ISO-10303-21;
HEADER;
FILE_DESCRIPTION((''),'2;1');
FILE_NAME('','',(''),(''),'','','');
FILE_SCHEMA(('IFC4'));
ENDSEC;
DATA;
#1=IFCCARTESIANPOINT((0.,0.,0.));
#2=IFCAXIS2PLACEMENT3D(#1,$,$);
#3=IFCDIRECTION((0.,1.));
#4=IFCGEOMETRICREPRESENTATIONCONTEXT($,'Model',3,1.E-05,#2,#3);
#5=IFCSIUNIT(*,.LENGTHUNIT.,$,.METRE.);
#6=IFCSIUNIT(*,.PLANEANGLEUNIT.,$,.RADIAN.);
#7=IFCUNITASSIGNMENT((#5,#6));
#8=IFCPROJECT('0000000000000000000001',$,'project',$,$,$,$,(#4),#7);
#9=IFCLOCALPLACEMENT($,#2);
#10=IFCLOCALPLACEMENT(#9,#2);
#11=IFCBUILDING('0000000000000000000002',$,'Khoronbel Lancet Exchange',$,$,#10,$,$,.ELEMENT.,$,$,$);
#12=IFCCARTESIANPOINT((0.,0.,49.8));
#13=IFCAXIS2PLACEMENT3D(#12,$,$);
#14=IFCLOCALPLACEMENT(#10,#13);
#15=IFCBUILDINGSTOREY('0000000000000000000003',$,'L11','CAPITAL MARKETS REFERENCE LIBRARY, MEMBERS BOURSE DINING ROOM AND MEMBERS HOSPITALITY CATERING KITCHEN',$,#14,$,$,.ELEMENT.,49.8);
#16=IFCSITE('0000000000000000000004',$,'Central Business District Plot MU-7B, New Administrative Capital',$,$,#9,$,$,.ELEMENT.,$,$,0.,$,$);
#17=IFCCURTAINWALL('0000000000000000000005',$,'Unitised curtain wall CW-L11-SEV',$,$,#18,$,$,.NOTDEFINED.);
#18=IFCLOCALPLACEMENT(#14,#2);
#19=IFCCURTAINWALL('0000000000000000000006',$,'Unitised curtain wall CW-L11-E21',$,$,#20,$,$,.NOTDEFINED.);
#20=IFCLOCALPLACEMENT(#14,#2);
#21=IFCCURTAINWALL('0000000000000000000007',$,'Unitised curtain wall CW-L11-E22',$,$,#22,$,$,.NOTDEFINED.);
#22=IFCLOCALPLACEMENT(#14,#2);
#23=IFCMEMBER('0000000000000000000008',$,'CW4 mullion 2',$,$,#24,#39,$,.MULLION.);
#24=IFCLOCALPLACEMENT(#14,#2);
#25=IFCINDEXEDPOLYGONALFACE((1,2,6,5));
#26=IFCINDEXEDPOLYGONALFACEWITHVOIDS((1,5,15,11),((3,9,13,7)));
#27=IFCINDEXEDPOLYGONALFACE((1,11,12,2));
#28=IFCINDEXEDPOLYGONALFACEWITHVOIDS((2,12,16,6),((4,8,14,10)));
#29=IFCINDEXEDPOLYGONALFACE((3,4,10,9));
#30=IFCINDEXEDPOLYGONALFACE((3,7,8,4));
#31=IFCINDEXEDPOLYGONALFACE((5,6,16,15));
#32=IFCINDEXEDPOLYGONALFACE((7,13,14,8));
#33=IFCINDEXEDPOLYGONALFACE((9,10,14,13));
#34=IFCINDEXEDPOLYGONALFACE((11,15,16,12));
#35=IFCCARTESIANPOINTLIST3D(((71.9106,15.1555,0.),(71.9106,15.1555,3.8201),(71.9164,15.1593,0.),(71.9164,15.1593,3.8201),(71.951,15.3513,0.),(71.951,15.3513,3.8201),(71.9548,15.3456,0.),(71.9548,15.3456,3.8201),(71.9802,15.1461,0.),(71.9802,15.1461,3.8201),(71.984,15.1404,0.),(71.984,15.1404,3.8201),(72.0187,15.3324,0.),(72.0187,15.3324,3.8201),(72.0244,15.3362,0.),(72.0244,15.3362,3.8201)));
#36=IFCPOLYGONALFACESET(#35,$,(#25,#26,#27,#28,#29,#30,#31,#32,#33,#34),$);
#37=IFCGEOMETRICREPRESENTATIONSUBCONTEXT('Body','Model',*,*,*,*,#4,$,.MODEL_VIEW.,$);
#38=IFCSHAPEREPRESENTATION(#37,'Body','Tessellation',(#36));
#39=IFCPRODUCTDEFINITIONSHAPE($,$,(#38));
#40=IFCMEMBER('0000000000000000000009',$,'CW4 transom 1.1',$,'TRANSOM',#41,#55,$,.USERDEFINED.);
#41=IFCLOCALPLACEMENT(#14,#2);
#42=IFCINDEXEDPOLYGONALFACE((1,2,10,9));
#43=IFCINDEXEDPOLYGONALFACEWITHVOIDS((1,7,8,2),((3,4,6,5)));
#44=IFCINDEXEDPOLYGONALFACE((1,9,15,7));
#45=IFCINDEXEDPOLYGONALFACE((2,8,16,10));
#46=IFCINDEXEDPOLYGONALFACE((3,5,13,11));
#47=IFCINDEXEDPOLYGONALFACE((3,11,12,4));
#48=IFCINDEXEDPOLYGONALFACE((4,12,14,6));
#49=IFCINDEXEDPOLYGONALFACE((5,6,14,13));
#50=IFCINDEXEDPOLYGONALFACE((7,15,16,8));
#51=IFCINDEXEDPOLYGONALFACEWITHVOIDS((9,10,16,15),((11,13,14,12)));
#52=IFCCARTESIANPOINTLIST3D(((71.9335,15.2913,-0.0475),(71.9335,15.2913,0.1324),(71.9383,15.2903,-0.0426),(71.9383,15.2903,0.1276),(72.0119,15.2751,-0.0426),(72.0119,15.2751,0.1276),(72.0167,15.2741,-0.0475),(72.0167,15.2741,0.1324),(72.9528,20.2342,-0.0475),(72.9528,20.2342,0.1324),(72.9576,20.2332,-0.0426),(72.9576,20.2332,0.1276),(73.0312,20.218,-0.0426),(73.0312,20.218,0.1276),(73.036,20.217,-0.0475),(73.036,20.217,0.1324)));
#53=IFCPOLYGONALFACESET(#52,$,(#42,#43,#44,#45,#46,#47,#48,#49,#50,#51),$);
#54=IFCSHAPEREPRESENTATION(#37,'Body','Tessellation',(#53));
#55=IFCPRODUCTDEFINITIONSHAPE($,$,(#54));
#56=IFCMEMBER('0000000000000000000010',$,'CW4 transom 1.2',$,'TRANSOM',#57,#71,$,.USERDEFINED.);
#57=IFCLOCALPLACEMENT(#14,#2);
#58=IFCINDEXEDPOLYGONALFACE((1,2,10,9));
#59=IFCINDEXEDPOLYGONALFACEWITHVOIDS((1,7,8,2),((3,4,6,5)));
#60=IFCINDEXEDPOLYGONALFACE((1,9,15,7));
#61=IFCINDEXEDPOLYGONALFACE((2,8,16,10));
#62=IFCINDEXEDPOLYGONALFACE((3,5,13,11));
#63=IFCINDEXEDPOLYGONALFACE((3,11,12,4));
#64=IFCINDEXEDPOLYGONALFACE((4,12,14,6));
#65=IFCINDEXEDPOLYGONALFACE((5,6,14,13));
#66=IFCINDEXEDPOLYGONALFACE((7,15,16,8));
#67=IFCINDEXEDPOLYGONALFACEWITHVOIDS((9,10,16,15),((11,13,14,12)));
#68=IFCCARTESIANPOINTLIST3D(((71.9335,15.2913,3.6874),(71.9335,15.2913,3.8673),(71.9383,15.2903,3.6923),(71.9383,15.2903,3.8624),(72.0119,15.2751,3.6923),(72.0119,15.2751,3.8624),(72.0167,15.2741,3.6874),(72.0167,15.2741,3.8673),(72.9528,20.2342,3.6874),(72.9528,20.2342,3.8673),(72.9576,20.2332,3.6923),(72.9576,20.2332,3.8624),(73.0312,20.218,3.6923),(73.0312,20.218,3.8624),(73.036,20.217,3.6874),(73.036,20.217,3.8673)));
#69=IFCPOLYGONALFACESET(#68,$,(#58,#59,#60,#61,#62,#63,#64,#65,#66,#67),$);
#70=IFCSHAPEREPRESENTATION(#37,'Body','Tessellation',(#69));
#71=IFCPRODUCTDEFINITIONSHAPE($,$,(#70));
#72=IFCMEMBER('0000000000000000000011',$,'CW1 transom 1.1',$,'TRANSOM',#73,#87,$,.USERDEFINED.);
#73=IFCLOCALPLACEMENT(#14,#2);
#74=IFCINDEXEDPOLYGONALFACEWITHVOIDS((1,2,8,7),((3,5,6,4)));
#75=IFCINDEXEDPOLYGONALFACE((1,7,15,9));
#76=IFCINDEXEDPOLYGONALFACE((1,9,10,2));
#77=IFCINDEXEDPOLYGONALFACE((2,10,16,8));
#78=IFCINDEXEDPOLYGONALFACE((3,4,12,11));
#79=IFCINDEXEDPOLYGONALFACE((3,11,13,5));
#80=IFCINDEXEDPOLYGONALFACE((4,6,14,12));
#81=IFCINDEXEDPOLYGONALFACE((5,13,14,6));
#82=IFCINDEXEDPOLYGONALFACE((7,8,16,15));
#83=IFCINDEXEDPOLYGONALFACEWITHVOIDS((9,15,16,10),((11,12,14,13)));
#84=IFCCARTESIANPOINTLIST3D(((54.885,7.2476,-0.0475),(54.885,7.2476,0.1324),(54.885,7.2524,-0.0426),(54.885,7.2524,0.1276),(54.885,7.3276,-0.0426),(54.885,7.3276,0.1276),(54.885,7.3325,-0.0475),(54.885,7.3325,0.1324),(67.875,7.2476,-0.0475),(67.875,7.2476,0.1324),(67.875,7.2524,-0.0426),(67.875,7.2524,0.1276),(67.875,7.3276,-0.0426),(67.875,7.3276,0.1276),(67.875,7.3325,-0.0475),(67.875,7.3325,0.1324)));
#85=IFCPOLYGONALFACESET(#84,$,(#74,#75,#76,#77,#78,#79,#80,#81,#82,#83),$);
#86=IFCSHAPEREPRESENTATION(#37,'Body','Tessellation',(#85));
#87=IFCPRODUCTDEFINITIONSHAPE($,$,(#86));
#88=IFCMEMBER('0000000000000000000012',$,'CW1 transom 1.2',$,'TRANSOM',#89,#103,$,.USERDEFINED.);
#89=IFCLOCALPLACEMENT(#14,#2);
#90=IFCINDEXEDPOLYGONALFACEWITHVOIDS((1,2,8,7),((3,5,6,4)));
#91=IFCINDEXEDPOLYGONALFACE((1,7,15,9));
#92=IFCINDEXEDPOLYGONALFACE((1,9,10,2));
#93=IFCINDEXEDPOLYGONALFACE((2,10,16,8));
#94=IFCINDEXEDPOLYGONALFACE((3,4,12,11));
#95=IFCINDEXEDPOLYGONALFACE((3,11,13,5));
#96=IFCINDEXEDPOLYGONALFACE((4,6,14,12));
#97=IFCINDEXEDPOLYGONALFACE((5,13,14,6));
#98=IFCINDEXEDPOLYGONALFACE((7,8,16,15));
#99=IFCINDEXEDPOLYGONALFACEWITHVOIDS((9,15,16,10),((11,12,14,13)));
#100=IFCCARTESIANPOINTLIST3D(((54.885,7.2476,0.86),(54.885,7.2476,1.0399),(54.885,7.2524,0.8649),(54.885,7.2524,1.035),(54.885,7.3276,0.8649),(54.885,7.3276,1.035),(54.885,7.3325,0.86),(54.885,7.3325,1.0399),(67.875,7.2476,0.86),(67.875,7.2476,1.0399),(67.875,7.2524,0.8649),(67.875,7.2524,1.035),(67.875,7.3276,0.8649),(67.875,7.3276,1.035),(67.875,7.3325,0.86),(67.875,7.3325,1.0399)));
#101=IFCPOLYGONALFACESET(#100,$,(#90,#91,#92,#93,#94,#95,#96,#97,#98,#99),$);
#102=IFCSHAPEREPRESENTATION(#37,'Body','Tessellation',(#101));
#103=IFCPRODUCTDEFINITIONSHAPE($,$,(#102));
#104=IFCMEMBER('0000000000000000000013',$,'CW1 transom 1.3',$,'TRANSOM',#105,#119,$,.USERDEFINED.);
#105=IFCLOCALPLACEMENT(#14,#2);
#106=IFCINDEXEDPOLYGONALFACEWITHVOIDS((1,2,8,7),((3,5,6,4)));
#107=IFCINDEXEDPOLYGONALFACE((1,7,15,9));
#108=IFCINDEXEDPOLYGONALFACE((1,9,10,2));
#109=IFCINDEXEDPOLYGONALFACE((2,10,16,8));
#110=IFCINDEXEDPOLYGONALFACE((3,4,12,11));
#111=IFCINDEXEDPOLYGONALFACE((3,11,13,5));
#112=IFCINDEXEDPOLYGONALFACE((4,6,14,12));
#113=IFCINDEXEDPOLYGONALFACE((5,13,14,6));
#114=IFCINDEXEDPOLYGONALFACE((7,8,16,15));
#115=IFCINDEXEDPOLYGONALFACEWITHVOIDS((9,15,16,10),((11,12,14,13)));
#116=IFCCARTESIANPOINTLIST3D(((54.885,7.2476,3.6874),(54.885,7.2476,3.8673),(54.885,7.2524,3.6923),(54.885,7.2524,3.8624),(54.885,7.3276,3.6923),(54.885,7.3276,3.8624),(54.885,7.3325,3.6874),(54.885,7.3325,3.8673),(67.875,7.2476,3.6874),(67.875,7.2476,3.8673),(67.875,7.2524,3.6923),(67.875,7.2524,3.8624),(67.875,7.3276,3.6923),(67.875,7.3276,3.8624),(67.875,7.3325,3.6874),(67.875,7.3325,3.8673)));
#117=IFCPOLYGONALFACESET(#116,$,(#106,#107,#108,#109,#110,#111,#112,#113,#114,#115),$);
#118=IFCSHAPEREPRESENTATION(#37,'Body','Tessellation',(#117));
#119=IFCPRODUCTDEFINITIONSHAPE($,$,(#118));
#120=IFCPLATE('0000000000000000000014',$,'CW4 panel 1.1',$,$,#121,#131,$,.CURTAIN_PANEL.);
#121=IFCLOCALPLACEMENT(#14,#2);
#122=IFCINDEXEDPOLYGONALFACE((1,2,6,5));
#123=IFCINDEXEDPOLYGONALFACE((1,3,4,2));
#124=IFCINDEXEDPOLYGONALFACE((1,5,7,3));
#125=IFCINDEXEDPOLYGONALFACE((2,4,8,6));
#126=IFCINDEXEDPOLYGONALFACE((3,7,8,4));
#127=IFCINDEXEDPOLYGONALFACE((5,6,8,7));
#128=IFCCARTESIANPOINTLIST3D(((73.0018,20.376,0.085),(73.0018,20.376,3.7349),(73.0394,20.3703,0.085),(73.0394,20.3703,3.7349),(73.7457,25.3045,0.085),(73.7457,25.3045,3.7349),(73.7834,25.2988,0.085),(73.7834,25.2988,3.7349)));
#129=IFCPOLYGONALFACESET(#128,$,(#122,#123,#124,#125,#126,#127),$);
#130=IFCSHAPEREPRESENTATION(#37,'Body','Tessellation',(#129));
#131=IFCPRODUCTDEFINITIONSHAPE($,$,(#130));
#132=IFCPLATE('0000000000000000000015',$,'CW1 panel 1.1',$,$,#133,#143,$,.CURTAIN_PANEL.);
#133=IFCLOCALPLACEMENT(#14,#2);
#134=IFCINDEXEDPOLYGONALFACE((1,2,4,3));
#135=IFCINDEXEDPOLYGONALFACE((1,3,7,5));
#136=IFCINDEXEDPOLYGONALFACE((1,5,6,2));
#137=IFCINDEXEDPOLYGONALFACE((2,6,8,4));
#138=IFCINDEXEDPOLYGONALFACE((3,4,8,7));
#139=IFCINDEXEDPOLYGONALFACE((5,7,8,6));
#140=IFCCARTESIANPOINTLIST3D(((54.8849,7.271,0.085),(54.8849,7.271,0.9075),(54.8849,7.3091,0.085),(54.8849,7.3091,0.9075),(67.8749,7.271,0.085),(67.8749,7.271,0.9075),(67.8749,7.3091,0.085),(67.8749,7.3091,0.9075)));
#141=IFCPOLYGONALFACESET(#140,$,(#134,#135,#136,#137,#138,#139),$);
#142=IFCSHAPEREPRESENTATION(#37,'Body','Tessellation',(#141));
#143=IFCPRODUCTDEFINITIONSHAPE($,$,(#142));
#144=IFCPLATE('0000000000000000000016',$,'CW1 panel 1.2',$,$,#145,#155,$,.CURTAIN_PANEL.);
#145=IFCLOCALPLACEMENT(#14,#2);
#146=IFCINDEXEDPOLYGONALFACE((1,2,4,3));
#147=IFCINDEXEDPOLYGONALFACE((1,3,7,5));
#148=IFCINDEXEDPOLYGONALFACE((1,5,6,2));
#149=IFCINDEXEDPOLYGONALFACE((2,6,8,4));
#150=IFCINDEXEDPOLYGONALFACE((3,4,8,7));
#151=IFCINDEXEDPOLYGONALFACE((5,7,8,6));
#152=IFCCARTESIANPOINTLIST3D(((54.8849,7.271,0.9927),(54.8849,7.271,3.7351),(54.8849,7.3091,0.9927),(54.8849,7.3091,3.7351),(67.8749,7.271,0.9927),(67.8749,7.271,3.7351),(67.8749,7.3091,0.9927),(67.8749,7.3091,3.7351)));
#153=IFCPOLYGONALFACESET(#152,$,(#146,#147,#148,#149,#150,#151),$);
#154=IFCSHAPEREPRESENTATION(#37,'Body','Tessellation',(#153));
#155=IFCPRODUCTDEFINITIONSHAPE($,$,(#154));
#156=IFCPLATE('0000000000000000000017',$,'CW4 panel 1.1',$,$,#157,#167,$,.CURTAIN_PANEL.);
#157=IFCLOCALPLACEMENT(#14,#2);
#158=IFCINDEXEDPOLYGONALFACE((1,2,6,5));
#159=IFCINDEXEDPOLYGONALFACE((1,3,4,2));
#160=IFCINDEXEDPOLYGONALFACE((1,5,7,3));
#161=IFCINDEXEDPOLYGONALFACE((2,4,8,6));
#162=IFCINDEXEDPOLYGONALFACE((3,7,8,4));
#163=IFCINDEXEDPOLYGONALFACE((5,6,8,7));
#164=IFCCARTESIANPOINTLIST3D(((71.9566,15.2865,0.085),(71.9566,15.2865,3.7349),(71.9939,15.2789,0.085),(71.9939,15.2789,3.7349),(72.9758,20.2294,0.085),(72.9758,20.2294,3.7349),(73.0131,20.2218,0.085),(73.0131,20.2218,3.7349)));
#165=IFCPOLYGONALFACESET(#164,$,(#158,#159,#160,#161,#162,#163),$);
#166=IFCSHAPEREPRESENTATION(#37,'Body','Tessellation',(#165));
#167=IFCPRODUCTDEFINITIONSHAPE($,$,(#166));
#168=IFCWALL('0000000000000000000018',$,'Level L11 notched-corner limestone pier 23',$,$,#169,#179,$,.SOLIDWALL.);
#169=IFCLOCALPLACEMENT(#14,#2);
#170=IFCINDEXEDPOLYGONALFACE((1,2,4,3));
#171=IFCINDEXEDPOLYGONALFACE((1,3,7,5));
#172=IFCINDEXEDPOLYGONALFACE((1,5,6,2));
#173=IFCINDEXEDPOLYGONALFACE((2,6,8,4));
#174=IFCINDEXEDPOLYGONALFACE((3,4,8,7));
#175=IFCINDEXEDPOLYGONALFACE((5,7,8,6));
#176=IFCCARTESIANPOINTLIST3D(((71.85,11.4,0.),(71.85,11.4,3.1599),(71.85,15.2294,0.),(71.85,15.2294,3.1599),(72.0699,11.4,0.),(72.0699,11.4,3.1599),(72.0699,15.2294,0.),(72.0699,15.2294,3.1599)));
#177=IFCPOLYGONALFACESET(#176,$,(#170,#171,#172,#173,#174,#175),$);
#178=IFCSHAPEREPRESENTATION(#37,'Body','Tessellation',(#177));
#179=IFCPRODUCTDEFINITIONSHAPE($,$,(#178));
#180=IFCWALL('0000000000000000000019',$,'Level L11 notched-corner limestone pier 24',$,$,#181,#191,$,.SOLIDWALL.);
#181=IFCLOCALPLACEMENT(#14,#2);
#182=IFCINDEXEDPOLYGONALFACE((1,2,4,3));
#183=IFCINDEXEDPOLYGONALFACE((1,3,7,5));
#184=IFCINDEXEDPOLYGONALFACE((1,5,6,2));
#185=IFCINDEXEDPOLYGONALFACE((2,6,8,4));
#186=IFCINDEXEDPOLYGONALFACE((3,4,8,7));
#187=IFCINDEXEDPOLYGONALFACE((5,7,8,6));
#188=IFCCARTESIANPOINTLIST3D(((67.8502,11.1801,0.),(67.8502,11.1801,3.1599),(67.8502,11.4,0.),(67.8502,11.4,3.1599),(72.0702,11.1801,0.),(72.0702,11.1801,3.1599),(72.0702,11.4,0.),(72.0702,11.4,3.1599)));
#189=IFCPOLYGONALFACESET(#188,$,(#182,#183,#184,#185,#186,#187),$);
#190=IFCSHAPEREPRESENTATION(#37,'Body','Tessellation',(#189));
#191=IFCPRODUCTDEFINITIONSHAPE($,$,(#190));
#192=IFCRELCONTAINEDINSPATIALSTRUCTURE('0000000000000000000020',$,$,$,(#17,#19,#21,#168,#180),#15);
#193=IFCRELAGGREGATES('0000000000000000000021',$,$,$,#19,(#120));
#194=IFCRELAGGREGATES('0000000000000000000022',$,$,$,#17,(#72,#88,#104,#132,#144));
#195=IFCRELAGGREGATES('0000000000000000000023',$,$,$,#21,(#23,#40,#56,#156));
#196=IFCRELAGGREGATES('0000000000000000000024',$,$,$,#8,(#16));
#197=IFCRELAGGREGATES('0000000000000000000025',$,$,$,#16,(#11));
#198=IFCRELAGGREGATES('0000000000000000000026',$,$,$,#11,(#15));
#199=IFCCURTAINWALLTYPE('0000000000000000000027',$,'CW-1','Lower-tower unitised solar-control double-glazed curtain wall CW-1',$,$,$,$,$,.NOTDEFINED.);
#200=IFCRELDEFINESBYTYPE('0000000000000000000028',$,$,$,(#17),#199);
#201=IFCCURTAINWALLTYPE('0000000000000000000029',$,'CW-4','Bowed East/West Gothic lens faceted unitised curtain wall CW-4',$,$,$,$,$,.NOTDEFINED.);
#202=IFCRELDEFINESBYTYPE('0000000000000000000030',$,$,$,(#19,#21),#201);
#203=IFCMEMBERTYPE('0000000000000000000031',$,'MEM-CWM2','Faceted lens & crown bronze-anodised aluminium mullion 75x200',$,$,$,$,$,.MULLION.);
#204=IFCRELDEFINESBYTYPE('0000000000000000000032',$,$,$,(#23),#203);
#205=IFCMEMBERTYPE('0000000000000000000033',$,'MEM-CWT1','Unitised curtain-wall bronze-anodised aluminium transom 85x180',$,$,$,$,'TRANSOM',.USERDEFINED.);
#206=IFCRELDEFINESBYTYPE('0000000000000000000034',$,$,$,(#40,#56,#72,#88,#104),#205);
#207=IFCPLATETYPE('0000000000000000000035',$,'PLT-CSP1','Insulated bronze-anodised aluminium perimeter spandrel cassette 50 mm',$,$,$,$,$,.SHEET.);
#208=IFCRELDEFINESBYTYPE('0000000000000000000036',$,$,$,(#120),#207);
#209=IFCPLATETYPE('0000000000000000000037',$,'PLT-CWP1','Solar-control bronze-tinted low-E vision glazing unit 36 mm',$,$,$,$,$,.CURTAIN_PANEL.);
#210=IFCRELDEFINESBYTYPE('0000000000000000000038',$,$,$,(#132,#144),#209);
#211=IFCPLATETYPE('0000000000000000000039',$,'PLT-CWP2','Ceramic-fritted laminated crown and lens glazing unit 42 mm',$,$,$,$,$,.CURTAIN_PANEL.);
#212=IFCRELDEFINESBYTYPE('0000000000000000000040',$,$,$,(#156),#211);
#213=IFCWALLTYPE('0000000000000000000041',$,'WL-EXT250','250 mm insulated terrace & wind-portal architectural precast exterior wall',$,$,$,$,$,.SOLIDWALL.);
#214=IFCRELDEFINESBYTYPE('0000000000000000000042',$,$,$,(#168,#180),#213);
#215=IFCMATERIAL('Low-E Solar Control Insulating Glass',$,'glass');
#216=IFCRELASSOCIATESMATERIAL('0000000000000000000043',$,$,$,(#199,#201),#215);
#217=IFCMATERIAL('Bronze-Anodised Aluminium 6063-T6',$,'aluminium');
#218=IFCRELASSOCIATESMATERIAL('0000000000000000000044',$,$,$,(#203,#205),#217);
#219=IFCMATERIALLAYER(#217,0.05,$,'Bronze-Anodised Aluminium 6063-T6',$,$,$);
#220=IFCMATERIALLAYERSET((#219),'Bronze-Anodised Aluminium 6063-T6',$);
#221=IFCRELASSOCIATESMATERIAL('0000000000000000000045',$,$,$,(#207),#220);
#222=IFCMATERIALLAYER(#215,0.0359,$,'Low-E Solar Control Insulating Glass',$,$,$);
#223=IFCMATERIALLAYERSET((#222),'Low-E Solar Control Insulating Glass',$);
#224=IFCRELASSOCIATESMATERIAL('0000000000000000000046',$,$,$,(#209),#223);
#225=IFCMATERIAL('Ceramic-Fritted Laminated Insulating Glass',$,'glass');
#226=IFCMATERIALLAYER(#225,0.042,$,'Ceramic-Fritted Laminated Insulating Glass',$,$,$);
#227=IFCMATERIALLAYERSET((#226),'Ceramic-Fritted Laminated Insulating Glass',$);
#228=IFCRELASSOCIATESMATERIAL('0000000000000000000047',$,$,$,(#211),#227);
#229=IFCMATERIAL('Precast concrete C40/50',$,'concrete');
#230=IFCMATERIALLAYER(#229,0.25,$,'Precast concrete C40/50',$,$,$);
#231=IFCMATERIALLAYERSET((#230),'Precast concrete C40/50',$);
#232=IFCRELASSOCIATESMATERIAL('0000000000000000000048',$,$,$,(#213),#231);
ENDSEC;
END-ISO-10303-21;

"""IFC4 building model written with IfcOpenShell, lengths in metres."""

from ifc_helpers import new_model, si_unit, direction, frame, frame_2d, origin, origin_2d, place, context, subcontext, project, spatial, rectangle, hollow_rectangle, extrude, material, layer, layer_set, material_profile, profile_set, type_object, element, aggregate, save


model = new_model("IFC4")

# Units and contexts
model_context = context("Model", 3, precision=1e-05, world=origin(), true_north=direction((0.0, 1.0)))
body_context = subcontext(model_context, "Body", "Model", "MODEL_VIEW")
ifc_project = project(units=[si_unit("LENGTHUNIT", "METRE"), si_unit("PLANEANGLEUNIT", "RADIAN")], contexts=[model_context])

# Site, building, storey
site_placement = place(None, origin())
site = spatial("IfcSite", under=ifc_project, at=site_placement, Name="Central Business District Plot MU-7B, New Administrative Capital", CompositionType="ELEMENT", RefElevation=0.0)
building_placement = place(site_placement, origin())
building = spatial("IfcBuilding", under=site, at=building_placement, Name="Khoronbel Lancet Exchange", CompositionType="ELEMENT")
storey_placement = place(building_placement, frame((0.0, 0.0, 49.8)))
storey = spatial("IfcBuildingStorey", under=building, at=storey_placement, Name="L11", Description="CAPITAL MARKETS REFERENCE LIBRARY, MEMBERS BOURSE DINING ROOM AND MEMBERS HOSPITALITY CATERING KITCHEN", CompositionType="ELEMENT", Elevation=49.8)

# Shared definitions
ifc_material_1 = material(Name="Low-E Solar Control Insulating Glass", Category="glass")
curtain_wall_type_1 = type_object("IfcCurtainWallType", Name="CW-1", Description="Lower-tower unitised solar-control double-glazed curtain wall CW-1", PredefinedType="NOTDEFINED", material=ifc_material_1)
ifc_material_2 = material(Name="Bronze-Anodised Aluminium 6063-T6", Category="aluminium")

# Curtain wall
curtain_wall_1_placement = place(storey_placement, origin())
curtain_wall_1 = element("IfcCurtainWall", 1, at=curtain_wall_1_placement, inside=storey, type_object=curtain_wall_type_1, Name="Unitised curtain wall CW-L11-SEV", PredefinedType="NOTDEFINED")

# Curtain wall
curtain_wall_type_2 = type_object("IfcCurtainWallType", Name="CW-4", Description="Bowed East/West Gothic lens faceted unitised curtain wall CW-4", PredefinedType="NOTDEFINED", material=ifc_material_1)
curtain_wall_2_placement = place(storey_placement, origin())
curtain_wall_2 = element("IfcCurtainWall", 2, at=curtain_wall_2_placement, inside=storey, type_object=curtain_wall_type_2, Name="Unitised curtain wall CW-L11-E21", PredefinedType="NOTDEFINED")
ifc_material_profile_1 = material_profile(ifc_material_2, hollow_rectangle(XDim=0.075, YDim=0.2, WallThickness=0.0049, at=origin_2d()), Name="ALU MULLION 75x200")
ifc_profile_set_1 = profile_set([ifc_material_profile_1], Name="Bronze-Anodised Aluminium 6063-T6")
member_type_1 = type_object("IfcMemberType", Name="MEM-CWM2", Description="Faceted lens & crown bronze-anodised aluminium mullion 75x200", PredefinedType="MULLION", material=ifc_profile_set_1)

# Curtain wall, members
curtain_wall_3_placement = place(storey_placement, origin())
curtain_wall_3 = element("IfcCurtainWall", 3, at=curtain_wall_3_placement, inside=storey, type_object=curtain_wall_type_2, Name="Unitised curtain wall CW-L11-E22", PredefinedType="NOTDEFINED")
member_1_placement = place(storey_placement, frame((71.9675, 15.2458, 0.0), z_axis=(0.0, 0.0, 1.0), x_axis=(0.979397, -0.201944, 0.0)))
member_1 = element("IfcMember", 4, at=member_1_placement, type_object=member_type_1, Name="CW4 mullion 2", PredefinedType="MULLION", context=body_context, shape_type="SweptSolid", body=[
    extrude(hollow_rectangle(XDim=0.075, YDim=0.2, WallThickness=0.0049, at=origin_2d()), origin(), (0.0, 0.0, 1.0), 3.8201),
])
ifc_material_profile_2 = material_profile(ifc_material_2, hollow_rectangle(XDim=0.085, YDim=0.1799, WallThickness=0.0049, at=origin_2d()), Name="ALU TRANSOM 85x180")
ifc_profile_set_2 = profile_set([ifc_material_profile_2], Name="Bronze-Anodised Aluminium 6063-T6")
member_type_2 = type_object("IfcMemberType", Name="MEM-CWT1", Description="Unitised curtain-wall bronze-anodised aluminium transom 85x180", ElementType="TRANSOM", PredefinedType="USERDEFINED", material=ifc_profile_set_2)
member_2_placement = place(storey_placement, frame((72.9944, 20.2256, 0.0425), z_axis=(-0.201964, -0.979393, 0.0), x_axis=(0.979393, -0.201964, 0.0)))
member_2 = element("IfcMember", 5, at=member_2_placement, type_object=member_type_2, Name="CW4 transom 1.1", ObjectType="TRANSOM", PredefinedType="USERDEFINED", context=body_context, shape_type="SweptSolid", body=[
    extrude(hollow_rectangle(XDim=0.085, YDim=0.1799, WallThickness=0.0049, at=origin_2d()), origin(), (0.0, 0.0, 1.0), 5.0469),
])
member_3_placement = place(storey_placement, frame((72.9944, 20.2256, 3.7773), z_axis=(-0.201964, -0.979393, 0.0), x_axis=(0.979393, -0.201964, 0.0)))
member_3 = element("IfcMember", 6, at=member_3_placement, type_object=member_type_2, Name="CW4 transom 1.2", ObjectType="TRANSOM", PredefinedType="USERDEFINED", context=body_context, shape_type="SweptSolid", body=[
    extrude(hollow_rectangle(XDim=0.085, YDim=0.1799, WallThickness=0.0049, at=origin_2d()), origin(), (0.0, 0.0, 1.0), 5.0469),
])

# Members
member_4_placement = place(storey_placement, frame((54.885, 7.29, 0.0425), z_axis=(1.0, 0.0, 0.0), x_axis=(0.0, 1.0, 0.0)))
member_4 = element("IfcMember", 7, at=member_4_placement, type_object=member_type_2, Name="CW1 transom 1.1", ObjectType="TRANSOM", PredefinedType="USERDEFINED", context=body_context, shape_type="SweptSolid", body=[
    extrude(hollow_rectangle(XDim=0.085, YDim=0.1799, WallThickness=0.0049, at=origin_2d()), origin(), (0.0, 0.0, 1.0), 12.99),
])
member_5_placement = place(storey_placement, frame((54.885, 7.29, 0.95), z_axis=(1.0, 0.0, 0.0), x_axis=(0.0, 1.0, 0.0)))
member_5 = element("IfcMember", 8, at=member_5_placement, type_object=member_type_2, Name="CW1 transom 1.2", ObjectType="TRANSOM", PredefinedType="USERDEFINED", context=body_context, shape_type="SweptSolid", body=[
    extrude(hollow_rectangle(XDim=0.085, YDim=0.1799, WallThickness=0.0049, at=origin_2d()), origin(), (0.0, 0.0, 1.0), 12.99),
])
member_6_placement = place(storey_placement, frame((54.885, 7.29, 3.7773), z_axis=(1.0, 0.0, 0.0), x_axis=(0.0, 1.0, 0.0)))
member_6 = element("IfcMember", 9, at=member_6_placement, type_object=member_type_2, Name="CW1 transom 1.3", ObjectType="TRANSOM", PredefinedType="USERDEFINED", context=body_context, shape_type="SweptSolid", body=[
    extrude(hollow_rectangle(XDim=0.085, YDim=0.1799, WallThickness=0.0049, at=origin_2d()), origin(), (0.0, 0.0, 1.0), 12.99),
])

# Plates
ifc_layer_1 = layer(ifc_material_2, 0.05, Name="Bronze-Anodised Aluminium 6063-T6")
ifc_layer_set_1 = layer_set([ifc_layer_1], Name="Bronze-Anodised Aluminium 6063-T6")
plate_type_1 = type_object("IfcPlateType", Name="PLT-CSP1", Description="Insulated bronze-anodised aluminium perimeter spandrel cassette 50 mm", PredefinedType="SHEET", material=ifc_layer_set_1)
plate_1_placement = place(storey_placement, frame((73.3926, 22.8374, 0.085), z_axis=(0.0, 0.0, 1.0), x_axis=(-0.149251, -0.988799, 0.0)))
plate_1 = element("IfcPlate", 10, at=plate_1_placement, type_object=plate_type_1, Name="CW4 panel 1.1", PredefinedType="CURTAIN_PANEL", context=body_context, shape_type="SweptSolid", body=[
    extrude(rectangle(XDim=4.9844, YDim=0.0381, at=origin_2d()), origin(), (0.0, 0.0, 1.0), 3.6499),
])
aggregate(curtain_wall_2, [plate_1])
ifc_layer_2 = layer(ifc_material_1, 0.0359, Name="Low-E Solar Control Insulating Glass")
ifc_layer_set_2 = layer_set([ifc_layer_2], Name="Low-E Solar Control Insulating Glass")
plate_type_2 = type_object("IfcPlateType", Name="PLT-CWP1", Description="Solar-control bronze-tinted low-E vision glazing unit 36 mm", PredefinedType="CURTAIN_PANEL", material=ifc_layer_set_2)
plate_2_placement = place(storey_placement, frame((61.3799, 7.29, 0.085), z_axis=(0.0, 0.0, 1.0), x_axis=(1.0, 0.0, 0.0)))
plate_2 = element("IfcPlate", 11, at=plate_2_placement, type_object=plate_type_2, Name="CW1 panel 1.1", PredefinedType="CURTAIN_PANEL", context=body_context, shape_type="SweptSolid", body=[
    extrude(rectangle(XDim=12.99, YDim=0.0381, at=origin_2d()), origin(), (0.0, 0.0, 1.0), 0.8225),
])
plate_3_placement = place(storey_placement, frame((61.3799, 7.29, 0.9927), z_axis=(0.0, 0.0, 1.0), x_axis=(1.0, 0.0, 0.0)))
plate_3 = element("IfcPlate", 12, at=plate_3_placement, type_object=plate_type_2, Name="CW1 panel 1.2", PredefinedType="CURTAIN_PANEL", context=body_context, shape_type="SweptSolid", body=[
    extrude(rectangle(XDim=12.99, YDim=0.0381, at=origin_2d()), origin(), (0.0, 0.0, 1.0), 2.7424),
])
aggregate(curtain_wall_1, [member_4, member_5, member_6, plate_2, plate_3])
ifc_material_3 = material(Name="Ceramic-Fritted Laminated Insulating Glass", Category="glass")
ifc_layer_3 = layer(ifc_material_3, 0.042, Name="Ceramic-Fritted Laminated Insulating Glass")
ifc_layer_set_3 = layer_set([ifc_layer_3], Name="Ceramic-Fritted Laminated Insulating Glass")
plate_type_3 = type_object("IfcPlateType", Name="PLT-CWP2", Description="Ceramic-fritted laminated crown and lens glazing unit 42 mm", PredefinedType="CURTAIN_PANEL", material=ifc_layer_set_3)
plate_4_placement = place(storey_placement, frame((72.4849, 17.7542, 0.085), z_axis=(0.0, 0.0, 1.0), x_axis=(-0.201944, -0.979397, 0.0)))
plate_4 = element("IfcPlate", 13, at=plate_4_placement, type_object=plate_type_3, Name="CW4 panel 1.1", PredefinedType="CURTAIN_PANEL", context=body_context, shape_type="SweptSolid", body=[
    extrude(rectangle(XDim=5.0469, YDim=0.0381, at=origin_2d()), origin(), (0.0, 0.0, 1.0), 3.6499),
])
aggregate(curtain_wall_3, [member_1, member_2, member_3, plate_4])

# Walls
ifc_material_4 = material(Name="Precast concrete C40/50", Category="concrete")
ifc_layer_4 = layer(ifc_material_4, 0.25, Name="Precast concrete C40/50")
ifc_layer_set_4 = layer_set([ifc_layer_4], Name="Precast concrete C40/50")
wall_type_1 = type_object("IfcWallType", Name="WL-EXT250", Description="250 mm insulated terrace & wind-portal architectural precast exterior wall", PredefinedType="SOLIDWALL", material=ifc_layer_set_4)
wall_1_placement = place(storey_placement, frame((71.96, 15.2292, 0.0), z_axis=(0.0, 0.0, 1.0), x_axis=(0.0, -1.0, 0.0)))
element("IfcWall", 14, at=wall_1_placement, inside=storey, type_object=wall_type_1, Name="Level L11 notched-corner limestone pier 23", PredefinedType="SOLIDWALL", context=body_context, shape_type="SweptSolid", body=[
    extrude(rectangle(XDim=3.8293, YDim=0.22, at=frame_2d((1.9146, 0.0))), origin(), (0.0, 0.0, 1.0), 3.1599),
])
wall_2_placement = place(storey_placement, frame((72.0701, 11.29, 0.0), z_axis=(0.0, 0.0, 1.0), x_axis=(-1.0, 0.0, 0.0)))
element("IfcWall", 15, at=wall_2_placement, inside=storey, type_object=wall_type_1, Name="Level L11 notched-corner limestone pier 24", PredefinedType="SOLIDWALL", context=body_context, shape_type="SweptSolid", body=[
    extrude(rectangle(XDim=4.22, YDim=0.22, at=frame_2d((2.1099, 0.0))), origin(), (0.0, 0.0, 1.0), 3.1599),
])

save(model, "model.ifc")
